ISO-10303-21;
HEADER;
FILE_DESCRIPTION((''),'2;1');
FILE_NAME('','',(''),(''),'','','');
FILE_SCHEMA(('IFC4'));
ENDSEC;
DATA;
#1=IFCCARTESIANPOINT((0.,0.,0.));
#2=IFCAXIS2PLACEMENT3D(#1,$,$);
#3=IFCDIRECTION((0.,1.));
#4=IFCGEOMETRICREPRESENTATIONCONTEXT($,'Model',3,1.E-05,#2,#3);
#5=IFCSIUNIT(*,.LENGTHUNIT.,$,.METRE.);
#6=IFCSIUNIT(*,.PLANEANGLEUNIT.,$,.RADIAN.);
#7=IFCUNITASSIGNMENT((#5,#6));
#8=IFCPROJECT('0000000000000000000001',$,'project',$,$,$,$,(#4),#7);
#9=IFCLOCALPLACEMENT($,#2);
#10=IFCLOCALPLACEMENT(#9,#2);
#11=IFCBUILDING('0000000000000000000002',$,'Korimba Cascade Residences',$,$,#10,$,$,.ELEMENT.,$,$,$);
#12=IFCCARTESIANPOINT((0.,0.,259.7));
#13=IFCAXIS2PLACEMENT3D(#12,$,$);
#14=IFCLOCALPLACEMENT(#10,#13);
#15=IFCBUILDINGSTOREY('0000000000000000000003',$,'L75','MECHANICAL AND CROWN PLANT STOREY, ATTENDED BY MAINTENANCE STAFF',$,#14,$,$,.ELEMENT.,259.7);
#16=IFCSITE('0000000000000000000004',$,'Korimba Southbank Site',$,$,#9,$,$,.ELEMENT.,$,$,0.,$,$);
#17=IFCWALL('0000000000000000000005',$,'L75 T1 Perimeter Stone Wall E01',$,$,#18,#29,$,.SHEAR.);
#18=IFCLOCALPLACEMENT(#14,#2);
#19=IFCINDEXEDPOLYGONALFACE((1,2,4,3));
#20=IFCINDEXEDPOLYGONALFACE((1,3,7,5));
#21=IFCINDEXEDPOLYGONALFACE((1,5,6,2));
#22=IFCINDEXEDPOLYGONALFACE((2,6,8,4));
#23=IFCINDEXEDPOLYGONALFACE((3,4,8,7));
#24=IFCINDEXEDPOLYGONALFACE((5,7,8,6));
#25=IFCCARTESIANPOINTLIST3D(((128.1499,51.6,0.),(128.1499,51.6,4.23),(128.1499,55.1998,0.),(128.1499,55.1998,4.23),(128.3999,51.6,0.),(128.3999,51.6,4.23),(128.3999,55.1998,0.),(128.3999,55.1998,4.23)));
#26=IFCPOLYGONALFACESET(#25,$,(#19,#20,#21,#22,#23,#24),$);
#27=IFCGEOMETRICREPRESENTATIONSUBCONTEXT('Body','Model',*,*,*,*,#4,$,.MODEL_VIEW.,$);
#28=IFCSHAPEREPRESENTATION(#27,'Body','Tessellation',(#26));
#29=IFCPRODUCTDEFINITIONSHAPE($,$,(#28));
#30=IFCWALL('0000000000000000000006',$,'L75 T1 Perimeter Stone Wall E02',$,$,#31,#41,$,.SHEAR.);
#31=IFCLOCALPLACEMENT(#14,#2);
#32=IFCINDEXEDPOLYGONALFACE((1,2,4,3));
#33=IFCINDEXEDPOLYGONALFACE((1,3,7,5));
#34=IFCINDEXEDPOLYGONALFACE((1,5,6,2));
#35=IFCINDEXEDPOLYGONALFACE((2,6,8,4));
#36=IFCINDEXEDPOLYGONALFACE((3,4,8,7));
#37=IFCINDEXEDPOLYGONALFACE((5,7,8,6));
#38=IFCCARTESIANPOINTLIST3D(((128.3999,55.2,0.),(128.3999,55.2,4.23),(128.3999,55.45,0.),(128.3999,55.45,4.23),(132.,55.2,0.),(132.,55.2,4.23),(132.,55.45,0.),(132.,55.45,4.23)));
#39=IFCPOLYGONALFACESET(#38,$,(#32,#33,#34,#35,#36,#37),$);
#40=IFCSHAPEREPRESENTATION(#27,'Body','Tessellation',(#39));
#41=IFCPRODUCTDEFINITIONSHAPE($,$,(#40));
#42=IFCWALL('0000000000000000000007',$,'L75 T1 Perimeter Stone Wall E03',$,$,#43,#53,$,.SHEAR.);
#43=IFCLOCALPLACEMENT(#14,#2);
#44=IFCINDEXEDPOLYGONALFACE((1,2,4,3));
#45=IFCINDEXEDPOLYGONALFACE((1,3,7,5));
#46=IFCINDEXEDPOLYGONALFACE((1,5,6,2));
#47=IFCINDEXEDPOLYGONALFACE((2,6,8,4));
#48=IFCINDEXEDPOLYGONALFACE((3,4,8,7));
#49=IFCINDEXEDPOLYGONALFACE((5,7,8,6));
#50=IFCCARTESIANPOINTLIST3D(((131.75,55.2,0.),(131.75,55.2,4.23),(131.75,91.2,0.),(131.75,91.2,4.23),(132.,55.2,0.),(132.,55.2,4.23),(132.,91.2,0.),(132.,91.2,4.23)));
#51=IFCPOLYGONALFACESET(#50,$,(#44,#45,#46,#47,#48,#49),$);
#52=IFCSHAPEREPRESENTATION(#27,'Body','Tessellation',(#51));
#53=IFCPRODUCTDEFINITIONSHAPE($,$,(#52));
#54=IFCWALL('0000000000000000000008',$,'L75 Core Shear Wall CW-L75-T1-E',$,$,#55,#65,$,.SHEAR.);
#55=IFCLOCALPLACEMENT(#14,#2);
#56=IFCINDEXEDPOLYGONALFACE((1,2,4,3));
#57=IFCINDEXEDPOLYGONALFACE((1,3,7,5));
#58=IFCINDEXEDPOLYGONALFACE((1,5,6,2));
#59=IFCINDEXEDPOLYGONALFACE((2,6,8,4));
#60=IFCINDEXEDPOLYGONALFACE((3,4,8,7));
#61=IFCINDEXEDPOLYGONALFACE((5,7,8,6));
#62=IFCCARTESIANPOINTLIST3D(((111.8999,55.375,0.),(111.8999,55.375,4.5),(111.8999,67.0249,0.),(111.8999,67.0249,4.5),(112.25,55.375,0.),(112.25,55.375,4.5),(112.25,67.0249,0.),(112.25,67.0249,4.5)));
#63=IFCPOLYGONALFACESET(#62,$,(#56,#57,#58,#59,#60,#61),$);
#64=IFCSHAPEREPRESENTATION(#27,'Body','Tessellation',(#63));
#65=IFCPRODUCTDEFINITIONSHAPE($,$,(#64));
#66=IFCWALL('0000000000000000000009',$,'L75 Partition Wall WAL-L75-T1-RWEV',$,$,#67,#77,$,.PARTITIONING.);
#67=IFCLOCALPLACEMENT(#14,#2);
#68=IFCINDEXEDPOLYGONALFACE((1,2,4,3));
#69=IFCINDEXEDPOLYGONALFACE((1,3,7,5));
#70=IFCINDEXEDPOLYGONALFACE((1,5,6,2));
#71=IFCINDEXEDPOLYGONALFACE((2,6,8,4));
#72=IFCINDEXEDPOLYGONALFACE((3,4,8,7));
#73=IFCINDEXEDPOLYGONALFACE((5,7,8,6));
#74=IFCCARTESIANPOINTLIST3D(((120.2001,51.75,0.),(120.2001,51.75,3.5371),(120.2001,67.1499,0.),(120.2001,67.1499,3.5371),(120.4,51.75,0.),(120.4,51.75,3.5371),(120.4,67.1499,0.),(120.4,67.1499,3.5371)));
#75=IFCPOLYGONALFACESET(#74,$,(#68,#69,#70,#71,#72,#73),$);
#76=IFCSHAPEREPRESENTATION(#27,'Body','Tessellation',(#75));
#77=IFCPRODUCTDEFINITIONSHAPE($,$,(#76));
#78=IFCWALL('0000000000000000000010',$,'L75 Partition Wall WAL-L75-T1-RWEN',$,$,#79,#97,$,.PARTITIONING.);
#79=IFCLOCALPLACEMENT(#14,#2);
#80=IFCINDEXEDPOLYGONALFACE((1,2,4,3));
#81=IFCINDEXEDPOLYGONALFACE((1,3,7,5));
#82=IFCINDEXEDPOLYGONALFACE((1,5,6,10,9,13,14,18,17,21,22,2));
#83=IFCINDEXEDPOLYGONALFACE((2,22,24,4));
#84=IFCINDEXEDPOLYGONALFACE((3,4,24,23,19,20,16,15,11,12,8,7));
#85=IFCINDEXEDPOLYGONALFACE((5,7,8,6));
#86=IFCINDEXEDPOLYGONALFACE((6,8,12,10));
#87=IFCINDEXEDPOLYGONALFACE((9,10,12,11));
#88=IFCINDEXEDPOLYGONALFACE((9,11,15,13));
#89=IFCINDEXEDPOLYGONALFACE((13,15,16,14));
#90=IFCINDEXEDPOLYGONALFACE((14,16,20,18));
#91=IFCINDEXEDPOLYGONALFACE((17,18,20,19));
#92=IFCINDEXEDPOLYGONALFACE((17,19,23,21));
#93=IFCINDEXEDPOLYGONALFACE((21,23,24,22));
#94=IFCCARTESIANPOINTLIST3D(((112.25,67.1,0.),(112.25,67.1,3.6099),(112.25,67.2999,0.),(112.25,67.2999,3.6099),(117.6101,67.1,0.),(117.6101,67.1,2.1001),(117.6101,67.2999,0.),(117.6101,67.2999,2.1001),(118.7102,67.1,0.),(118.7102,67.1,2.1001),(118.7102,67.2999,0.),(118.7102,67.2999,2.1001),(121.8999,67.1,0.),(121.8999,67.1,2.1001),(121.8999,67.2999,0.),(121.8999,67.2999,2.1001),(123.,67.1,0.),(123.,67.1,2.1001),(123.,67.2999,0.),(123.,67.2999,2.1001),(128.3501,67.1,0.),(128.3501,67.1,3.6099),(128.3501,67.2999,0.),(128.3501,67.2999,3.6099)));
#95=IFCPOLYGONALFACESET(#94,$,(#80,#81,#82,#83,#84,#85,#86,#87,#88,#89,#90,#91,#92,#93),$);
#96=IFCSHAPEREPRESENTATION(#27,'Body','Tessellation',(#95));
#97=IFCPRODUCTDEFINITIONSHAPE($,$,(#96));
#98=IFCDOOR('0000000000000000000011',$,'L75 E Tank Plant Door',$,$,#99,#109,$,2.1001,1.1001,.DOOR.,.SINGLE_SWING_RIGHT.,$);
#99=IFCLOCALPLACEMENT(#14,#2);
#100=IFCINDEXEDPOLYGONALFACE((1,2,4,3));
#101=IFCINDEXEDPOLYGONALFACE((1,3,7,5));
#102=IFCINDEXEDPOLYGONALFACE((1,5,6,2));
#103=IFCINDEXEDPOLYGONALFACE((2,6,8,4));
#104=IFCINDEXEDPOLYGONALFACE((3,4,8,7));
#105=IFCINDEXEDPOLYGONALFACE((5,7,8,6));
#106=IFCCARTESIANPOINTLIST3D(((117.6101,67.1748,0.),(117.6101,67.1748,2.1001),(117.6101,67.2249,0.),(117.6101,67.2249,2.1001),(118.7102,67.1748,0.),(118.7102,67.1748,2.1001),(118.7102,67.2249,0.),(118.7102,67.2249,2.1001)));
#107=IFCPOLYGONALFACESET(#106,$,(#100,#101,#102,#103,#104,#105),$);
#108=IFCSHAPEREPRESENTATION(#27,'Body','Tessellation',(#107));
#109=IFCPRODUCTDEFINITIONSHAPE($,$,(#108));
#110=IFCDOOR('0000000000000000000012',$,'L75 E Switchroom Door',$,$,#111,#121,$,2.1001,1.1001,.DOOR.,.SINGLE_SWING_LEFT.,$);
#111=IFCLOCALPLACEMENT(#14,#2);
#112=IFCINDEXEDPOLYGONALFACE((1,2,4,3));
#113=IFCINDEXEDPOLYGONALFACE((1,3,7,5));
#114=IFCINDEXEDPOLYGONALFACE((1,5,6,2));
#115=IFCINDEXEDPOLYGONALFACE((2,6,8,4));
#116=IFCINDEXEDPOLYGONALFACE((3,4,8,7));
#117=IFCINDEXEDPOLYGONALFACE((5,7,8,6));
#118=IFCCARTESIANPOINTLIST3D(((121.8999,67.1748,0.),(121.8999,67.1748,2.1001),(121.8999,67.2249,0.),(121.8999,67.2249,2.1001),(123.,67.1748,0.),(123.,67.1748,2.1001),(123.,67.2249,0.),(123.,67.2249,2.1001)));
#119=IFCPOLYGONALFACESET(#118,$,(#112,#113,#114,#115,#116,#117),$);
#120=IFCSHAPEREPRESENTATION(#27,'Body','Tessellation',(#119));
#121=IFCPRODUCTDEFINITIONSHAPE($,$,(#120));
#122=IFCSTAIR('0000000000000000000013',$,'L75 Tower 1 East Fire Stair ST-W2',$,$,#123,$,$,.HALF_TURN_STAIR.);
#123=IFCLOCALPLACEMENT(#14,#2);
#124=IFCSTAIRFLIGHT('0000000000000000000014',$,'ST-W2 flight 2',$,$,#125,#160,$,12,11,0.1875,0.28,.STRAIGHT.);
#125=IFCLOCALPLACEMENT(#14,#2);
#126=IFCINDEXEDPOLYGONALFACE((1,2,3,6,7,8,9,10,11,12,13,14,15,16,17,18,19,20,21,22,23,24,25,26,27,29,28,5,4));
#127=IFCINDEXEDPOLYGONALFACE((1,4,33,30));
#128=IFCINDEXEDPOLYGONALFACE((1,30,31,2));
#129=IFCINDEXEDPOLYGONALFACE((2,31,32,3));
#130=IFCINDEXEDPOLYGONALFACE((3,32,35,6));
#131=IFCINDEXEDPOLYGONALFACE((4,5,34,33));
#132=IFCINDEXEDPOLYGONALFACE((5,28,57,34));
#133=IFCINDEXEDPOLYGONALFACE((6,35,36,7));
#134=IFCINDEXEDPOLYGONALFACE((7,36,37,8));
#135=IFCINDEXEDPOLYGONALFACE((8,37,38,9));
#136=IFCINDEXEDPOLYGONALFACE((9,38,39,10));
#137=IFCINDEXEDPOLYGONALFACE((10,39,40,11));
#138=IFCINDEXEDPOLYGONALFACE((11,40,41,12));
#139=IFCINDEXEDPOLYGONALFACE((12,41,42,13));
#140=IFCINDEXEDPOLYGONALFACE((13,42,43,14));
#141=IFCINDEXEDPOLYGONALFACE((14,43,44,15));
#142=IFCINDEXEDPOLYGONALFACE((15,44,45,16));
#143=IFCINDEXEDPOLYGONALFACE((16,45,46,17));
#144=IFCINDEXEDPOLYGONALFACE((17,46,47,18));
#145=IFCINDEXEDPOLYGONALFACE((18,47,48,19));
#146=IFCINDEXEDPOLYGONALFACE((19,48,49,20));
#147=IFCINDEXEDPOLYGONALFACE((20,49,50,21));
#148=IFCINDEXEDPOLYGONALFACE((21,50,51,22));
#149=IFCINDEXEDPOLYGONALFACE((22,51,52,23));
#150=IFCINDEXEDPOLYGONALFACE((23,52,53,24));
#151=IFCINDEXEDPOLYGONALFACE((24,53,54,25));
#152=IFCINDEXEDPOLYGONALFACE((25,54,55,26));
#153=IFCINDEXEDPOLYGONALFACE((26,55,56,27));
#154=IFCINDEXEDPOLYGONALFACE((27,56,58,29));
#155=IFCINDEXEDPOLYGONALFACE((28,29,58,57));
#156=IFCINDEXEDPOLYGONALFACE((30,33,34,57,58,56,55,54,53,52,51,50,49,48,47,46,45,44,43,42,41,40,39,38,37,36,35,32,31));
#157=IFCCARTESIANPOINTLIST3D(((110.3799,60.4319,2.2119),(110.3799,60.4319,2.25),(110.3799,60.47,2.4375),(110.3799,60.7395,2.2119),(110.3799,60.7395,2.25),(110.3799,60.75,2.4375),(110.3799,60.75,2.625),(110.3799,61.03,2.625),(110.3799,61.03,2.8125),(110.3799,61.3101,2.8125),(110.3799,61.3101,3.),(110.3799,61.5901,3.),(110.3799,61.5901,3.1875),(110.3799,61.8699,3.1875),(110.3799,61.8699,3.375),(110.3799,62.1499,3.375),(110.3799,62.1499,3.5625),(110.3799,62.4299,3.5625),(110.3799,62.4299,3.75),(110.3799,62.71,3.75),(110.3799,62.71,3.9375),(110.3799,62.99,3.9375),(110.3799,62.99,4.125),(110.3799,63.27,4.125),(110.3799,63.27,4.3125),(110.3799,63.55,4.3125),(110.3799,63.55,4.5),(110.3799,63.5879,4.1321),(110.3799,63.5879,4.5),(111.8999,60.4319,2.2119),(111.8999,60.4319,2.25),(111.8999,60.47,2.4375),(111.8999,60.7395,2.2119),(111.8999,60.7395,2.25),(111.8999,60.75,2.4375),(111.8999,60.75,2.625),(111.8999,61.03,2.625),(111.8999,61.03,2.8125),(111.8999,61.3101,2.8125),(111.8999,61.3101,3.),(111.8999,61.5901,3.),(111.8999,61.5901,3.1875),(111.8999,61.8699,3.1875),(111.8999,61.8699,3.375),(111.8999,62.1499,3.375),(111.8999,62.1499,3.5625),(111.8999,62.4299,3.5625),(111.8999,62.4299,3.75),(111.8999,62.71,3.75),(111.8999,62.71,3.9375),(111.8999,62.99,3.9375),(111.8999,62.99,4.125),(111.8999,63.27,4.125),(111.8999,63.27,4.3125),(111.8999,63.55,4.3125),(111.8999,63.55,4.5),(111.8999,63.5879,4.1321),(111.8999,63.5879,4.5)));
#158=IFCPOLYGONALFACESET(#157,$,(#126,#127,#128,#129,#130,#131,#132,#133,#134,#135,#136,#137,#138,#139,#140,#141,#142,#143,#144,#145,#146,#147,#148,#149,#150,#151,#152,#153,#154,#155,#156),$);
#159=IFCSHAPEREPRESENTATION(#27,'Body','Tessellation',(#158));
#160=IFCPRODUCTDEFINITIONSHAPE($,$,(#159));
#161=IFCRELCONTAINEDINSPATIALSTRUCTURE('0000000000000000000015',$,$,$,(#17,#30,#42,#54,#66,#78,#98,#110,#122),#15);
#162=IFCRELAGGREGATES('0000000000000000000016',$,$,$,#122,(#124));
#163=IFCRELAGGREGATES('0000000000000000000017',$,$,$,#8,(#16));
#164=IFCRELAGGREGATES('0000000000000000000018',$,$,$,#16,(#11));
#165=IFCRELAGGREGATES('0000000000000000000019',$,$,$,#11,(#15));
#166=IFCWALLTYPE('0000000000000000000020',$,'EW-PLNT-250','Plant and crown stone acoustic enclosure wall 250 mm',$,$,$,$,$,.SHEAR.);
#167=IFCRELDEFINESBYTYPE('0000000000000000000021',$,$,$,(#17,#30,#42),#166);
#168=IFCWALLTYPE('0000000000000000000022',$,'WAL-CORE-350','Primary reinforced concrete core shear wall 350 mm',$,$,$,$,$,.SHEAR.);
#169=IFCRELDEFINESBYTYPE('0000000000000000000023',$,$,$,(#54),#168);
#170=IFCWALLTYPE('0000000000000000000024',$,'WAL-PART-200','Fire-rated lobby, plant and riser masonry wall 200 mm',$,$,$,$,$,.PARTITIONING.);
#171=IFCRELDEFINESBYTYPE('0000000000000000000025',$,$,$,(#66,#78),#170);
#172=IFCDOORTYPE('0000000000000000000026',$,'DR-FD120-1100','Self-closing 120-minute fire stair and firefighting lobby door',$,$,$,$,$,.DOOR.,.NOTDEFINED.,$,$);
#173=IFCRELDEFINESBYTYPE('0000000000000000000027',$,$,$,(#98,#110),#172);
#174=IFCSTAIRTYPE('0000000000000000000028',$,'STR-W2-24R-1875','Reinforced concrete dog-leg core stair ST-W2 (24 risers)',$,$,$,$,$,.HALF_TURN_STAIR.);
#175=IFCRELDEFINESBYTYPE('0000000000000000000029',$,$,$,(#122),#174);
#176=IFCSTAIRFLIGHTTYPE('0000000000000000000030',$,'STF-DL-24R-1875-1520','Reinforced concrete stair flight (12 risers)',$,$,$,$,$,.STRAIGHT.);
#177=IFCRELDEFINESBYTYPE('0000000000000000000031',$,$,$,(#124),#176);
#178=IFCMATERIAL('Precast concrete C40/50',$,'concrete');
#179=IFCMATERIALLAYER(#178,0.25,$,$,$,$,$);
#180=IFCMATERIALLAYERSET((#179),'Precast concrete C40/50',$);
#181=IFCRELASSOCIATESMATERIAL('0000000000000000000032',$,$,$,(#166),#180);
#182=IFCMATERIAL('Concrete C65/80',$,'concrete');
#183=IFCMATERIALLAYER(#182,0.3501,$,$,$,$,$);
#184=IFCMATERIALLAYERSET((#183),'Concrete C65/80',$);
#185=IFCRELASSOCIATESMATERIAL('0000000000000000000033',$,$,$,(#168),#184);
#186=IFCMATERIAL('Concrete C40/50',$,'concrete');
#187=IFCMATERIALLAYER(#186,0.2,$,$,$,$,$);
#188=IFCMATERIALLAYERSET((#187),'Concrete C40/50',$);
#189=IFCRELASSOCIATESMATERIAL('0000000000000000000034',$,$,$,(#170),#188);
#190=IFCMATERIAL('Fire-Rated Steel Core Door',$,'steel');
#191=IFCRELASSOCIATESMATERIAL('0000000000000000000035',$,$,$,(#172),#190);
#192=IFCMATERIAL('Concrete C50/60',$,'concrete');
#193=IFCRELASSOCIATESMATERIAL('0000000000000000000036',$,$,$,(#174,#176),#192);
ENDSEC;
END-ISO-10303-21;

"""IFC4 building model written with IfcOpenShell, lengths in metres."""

from ifc_helpers import new_model, si_unit, direction, frame, frame_2d, origin, place, context, subcontext, project, spatial, polyline, rectangle, outline, extrude, material, layer, layer_set, type_object, element, fill, aggregate, save


model = new_model("IFC4")

# Units and contexts
model_context = context("Model", 3, precision=1e-05, world=origin(), true_north=direction((0.0, 1.0)))
body_context = subcontext(model_context, "Body", "Model", "MODEL_VIEW")
ifc_project = project(units=[si_unit("LENGTHUNIT", "METRE"), si_unit("PLANEANGLEUNIT", "RADIAN")], contexts=[model_context])

# Site, building, storey
site_placement = place(None, origin())
site = spatial("IfcSite", under=ifc_project, at=site_placement, Name="Korimba Southbank Site", CompositionType="ELEMENT", RefElevation=0.0)
building_placement = place(site_placement, origin())
building = spatial("IfcBuilding", under=site, at=building_placement, Name="Korimba Cascade Residences", CompositionType="ELEMENT")
storey_placement = place(building_placement, frame((0.0, 0.0, 259.7)))
storey = spatial("IfcBuildingStorey", under=building, at=storey_placement, Name="L75", Description="MECHANICAL AND CROWN PLANT STOREY, ATTENDED BY MAINTENANCE STAFF", CompositionType="ELEMENT", Elevation=259.7)

# Shared definitions
ifc_material_1 = material(Name="Concrete C65/80", Category="concrete")
ifc_material_2 = material(Name="Concrete C50/60", Category="concrete")

# Walls
ifc_material_3 = material(Name="Precast concrete C40/50", Category="concrete")
ifc_layer_1 = layer(ifc_material_3, 0.25)
ifc_layer_set_1 = layer_set([ifc_layer_1], Name="Precast concrete C40/50")
wall_type_1 = type_object("IfcWallType", Name="EW-PLNT-250", Description="Plant and crown stone acoustic enclosure wall 250 mm", PredefinedType="SHEAR", material=ifc_layer_set_1)
wall_1_placement = place(storey_placement, frame((128.2749, 51.6001, 0.0), z_axis=(0.0, 0.0, 1.0), x_axis=(0.0, 1.0, 0.0)))
element("IfcWall", 1, at=wall_1_placement, inside=storey, type_object=wall_type_1, Name="L75 T1 Perimeter Stone Wall E01", PredefinedType="SHEAR", context=body_context, shape_type="SweptSolid", body=[
    extrude(rectangle(XDim=3.5999, YDim=0.25, at=frame_2d((1.7998, 0.0))), origin(), (0.0, 0.0, 1.0), 4.23),
])
wall_2_placement = place(storey_placement, frame((128.3999, 55.325, 0.0), z_axis=(0.0, 0.0, 1.0), x_axis=(1.0, 0.0, 0.0)))
element("IfcWall", 2, at=wall_2_placement, inside=storey, type_object=wall_type_1, Name="L75 T1 Perimeter Stone Wall E02", PredefinedType="SHEAR", context=body_context, shape_type="SweptSolid", body=[
    extrude(rectangle(XDim=3.6001, YDim=0.25, at=frame_2d((1.8, 0.0))), origin(), (0.0, 0.0, 1.0), 4.23),
])
wall_3_placement = place(storey_placement, frame((131.875, 55.2, 0.0), z_axis=(0.0, 0.0, 1.0), x_axis=(0.0, 1.0, 0.0)))
element("IfcWall", 3, at=wall_3_placement, inside=storey, type_object=wall_type_1, Name="L75 T1 Perimeter Stone Wall E03", PredefinedType="SHEAR", context=body_context, shape_type="SweptSolid", body=[
    extrude(rectangle(XDim=36.0, YDim=0.25, at=frame_2d((18.0, 0.0))), origin(), (0.0, 0.0, 1.0), 4.23),
])
ifc_layer_2 = layer(ifc_material_1, 0.3501)
ifc_layer_set_2 = layer_set([ifc_layer_2], Name="Concrete C65/80")
wall_type_2 = type_object("IfcWallType", Name="WAL-CORE-350", Description="Primary reinforced concrete core shear wall 350 mm", PredefinedType="SHEAR", material=ifc_layer_set_2)
wall_4_placement = place(storey_placement, frame((112.075, 55.375, 0.0), z_axis=(0.0, 0.0, 1.0), x_axis=(0.0, 1.0, 0.0)))
element("IfcWall", 4, at=wall_4_placement, inside=storey, type_object=wall_type_2, Name="L75 Core Shear Wall CW-L75-T1-E", PredefinedType="SHEAR", context=body_context, shape_type="SweptSolid", body=[
    extrude(rectangle(XDim=11.6499, YDim=0.3501, at=frame_2d((5.825, 0.0))), origin(), (0.0, 0.0, 1.0), 4.5),
])
ifc_material_4 = material(Name="Concrete C40/50", Category="concrete")
ifc_layer_3 = layer(ifc_material_4, 0.2)
ifc_layer_set_3 = layer_set([ifc_layer_3], Name="Concrete C40/50")
wall_type_3 = type_object("IfcWallType", Name="WAL-PART-200", Description="Fire-rated lobby, plant and riser masonry wall 200 mm", PredefinedType="PARTITIONING", material=ifc_layer_set_3)
wall_5_placement = place(storey_placement, frame((120.3, 51.75, 0.0), z_axis=(0.0, 0.0, 1.0), x_axis=(0.0, 1.0, 0.0)))
element("IfcWall", 5, at=wall_5_placement, inside=storey, type_object=wall_type_3, Name="L75 Partition Wall WAL-L75-T1-RWEV", PredefinedType="PARTITIONING", context=body_context, shape_type="SweptSolid", body=[
    extrude(rectangle(XDim=15.3999, YDim=0.2, at=frame_2d((7.7, 0.0))), origin(), (0.0, 0.0, 1.0), 3.5371),
])

# Wall, openings, doors
wall_6_placement = place(storey_placement, frame((112.25, 67.2, 0.0), z_axis=(0.0, 0.0, 1.0), x_axis=(1.0, 0.0, 0.0)))
wall_6 = element("IfcWall", 6, at=wall_6_placement, inside=storey, type_object=wall_type_3, Name="L75 Partition Wall WAL-L75-T1-RWEN", PredefinedType="PARTITIONING", context=body_context, shape_type="SweptSolid", body=[
    extrude(rectangle(XDim=16.1001, YDim=0.2, at=frame_2d((8.05, 0.0))), origin(), (0.0, 0.0, 1.0), 3.6099),
])
opening_1_placement = place(wall_6_placement, frame((5.3601, 0.0, 0.0)))
opening_1 = element("IfcOpeningElement", 7, at=opening_1_placement, cuts=wall_6, PredefinedType="OPENING", context=body_context, shape_type="SweptSolid", body=[
    extrude(rectangle(XDim=1.1001, YDim=2.1001, at=frame_2d((0.55, 1.05))), frame((0.0, 0.1099, 0.0), z_axis=(0.0, -1.0, 0.0), x_axis=(1.0, 0.0, 0.0)), (0.0, 0.0, 1.0), 0.22),
])
opening_2_placement = place(wall_6_placement, frame((9.6499, 0.0, 0.0)))
opening_2 = element("IfcOpeningElement", 8, at=opening_2_placement, cuts=wall_6, PredefinedType="OPENING", context=body_context, shape_type="SweptSolid", body=[
    extrude(rectangle(XDim=1.1001, YDim=2.1001, at=frame_2d((0.55, 1.05))), frame((0.0, 0.1099, 0.0), z_axis=(0.0, -1.0, 0.0), x_axis=(1.0, 0.0, 0.0)), (0.0, 0.0, 1.0), 0.22),
])
ifc_material_5 = material(Name="Fire-Rated Steel Core Door", Category="steel")
door_type = type_object("IfcDoorType", Name="DR-FD120-1100", Description="Self-closing 120-minute fire stair and firefighting lobby door", OperationType="NOTDEFINED", PredefinedType="DOOR", material=ifc_material_5)
door_1_placement = place(opening_1_placement, origin())
door_1 = element("IfcDoor", 9, at=door_1_placement, inside=storey, type_object=door_type, Name="L75 E Tank Plant Door", OperationType="SINGLE_SWING_RIGHT", OverallHeight=2.1001, OverallWidth=1.1001, PredefinedType="DOOR", context=body_context, shape_type="SweptSolid", body=[
    extrude(rectangle(XDim=1.1001, YDim=2.1001, at=frame_2d((0.55, 1.05))), frame((0.0, 0.0249, 0.0), z_axis=(0.0, -1.0, 0.0), x_axis=(1.0, 0.0, 0.0)), (0.0, 0.0, 1.0), 0.05),
])
fill(opening_1, door_1)
door_2_placement = place(opening_2_placement, origin())
door_2 = element("IfcDoor", 10, at=door_2_placement, inside=storey, type_object=door_type, Name="L75 E Switchroom Door", OperationType="SINGLE_SWING_LEFT", OverallHeight=2.1001, OverallWidth=1.1001, PredefinedType="DOOR", context=body_context, shape_type="SweptSolid", body=[
    extrude(rectangle(XDim=1.1001, YDim=2.1001, at=frame_2d((0.55, 1.05))), frame((0.0, 0.0249, 0.0), z_axis=(0.0, -1.0, 0.0), x_axis=(1.0, 0.0, 0.0)), (0.0, 0.0, 1.0), 0.05),
])
fill(opening_2, door_2)

# Stair, stair flight
stair_type = type_object("IfcStairType", Name="STR-W2-24R-1875", Description="Reinforced concrete dog-leg core stair ST-W2 (24 risers)", PredefinedType="HALF_TURN_STAIR", material=ifc_material_2)
stair_placement = place(storey_placement, origin())
stair = element("IfcStair", 11, at=stair_placement, inside=storey, type_object=stair_type, Name="L75 Tower 1 East Fire Stair ST-W2", PredefinedType="HALF_TURN_STAIR")
stair_flight_type = type_object("IfcStairFlightType", Name="STF-DL-24R-1875-1520", Description="Reinforced concrete stair flight (12 risers)", PredefinedType="STRAIGHT", material=ifc_material_2)
stair_flight_placement = place(storey_placement, frame((111.1399, 60.47, 2.25), z_axis=(0.0, 0.0, 1.0), x_axis=(0.0, 1.0, 0.0)))
stair_flight = element("IfcStairFlight", 12, at=stair_flight_placement, type_object=stair_flight_type, Name="ST-W2 flight 2", NumberOfRisers=12, NumberOfTreads=11, PredefinedType="STRAIGHT", RiserHeight=0.1875, TreadLength=0.28, context=body_context, shape_type="SweptSolid", body=[
    extrude(outline(polyline([(-0.0381, 0.0), (0.0, 0.1875), (0.28, 0.1875), (0.28, 0.375), (0.5601, 0.375), (0.5601, 0.5625), (0.8401, 0.5625), (0.8401, 0.75), (1.1201, 0.75), (1.1201, 0.9375), (1.3999, 0.9375), (1.3999, 1.125), (1.6799, 1.125), (1.6799, 1.3125), (1.96, 1.3125), (1.96, 1.5), (2.24, 1.5), (2.24, 1.6875), (2.52, 1.6875), (2.52, 1.875), (2.8, 1.875), (2.8, 2.0625), (3.0801, 2.0625), (3.0801, 2.25), (3.1179, 2.25), (3.1179, 1.8821), (0.2695, 0.0), (0.2695, -0.0381), (-0.0381, -0.0381), (-0.0381, 0.0)])), frame((0.0, 0.76, 0.0), z_axis=(0.0, -1.0, 0.0), x_axis=(1.0, 0.0, 0.0)), (0.0, 0.0, 1.0), 1.52),
])
aggregate(stair, [stair_flight])

save(model, "model.ifc")
